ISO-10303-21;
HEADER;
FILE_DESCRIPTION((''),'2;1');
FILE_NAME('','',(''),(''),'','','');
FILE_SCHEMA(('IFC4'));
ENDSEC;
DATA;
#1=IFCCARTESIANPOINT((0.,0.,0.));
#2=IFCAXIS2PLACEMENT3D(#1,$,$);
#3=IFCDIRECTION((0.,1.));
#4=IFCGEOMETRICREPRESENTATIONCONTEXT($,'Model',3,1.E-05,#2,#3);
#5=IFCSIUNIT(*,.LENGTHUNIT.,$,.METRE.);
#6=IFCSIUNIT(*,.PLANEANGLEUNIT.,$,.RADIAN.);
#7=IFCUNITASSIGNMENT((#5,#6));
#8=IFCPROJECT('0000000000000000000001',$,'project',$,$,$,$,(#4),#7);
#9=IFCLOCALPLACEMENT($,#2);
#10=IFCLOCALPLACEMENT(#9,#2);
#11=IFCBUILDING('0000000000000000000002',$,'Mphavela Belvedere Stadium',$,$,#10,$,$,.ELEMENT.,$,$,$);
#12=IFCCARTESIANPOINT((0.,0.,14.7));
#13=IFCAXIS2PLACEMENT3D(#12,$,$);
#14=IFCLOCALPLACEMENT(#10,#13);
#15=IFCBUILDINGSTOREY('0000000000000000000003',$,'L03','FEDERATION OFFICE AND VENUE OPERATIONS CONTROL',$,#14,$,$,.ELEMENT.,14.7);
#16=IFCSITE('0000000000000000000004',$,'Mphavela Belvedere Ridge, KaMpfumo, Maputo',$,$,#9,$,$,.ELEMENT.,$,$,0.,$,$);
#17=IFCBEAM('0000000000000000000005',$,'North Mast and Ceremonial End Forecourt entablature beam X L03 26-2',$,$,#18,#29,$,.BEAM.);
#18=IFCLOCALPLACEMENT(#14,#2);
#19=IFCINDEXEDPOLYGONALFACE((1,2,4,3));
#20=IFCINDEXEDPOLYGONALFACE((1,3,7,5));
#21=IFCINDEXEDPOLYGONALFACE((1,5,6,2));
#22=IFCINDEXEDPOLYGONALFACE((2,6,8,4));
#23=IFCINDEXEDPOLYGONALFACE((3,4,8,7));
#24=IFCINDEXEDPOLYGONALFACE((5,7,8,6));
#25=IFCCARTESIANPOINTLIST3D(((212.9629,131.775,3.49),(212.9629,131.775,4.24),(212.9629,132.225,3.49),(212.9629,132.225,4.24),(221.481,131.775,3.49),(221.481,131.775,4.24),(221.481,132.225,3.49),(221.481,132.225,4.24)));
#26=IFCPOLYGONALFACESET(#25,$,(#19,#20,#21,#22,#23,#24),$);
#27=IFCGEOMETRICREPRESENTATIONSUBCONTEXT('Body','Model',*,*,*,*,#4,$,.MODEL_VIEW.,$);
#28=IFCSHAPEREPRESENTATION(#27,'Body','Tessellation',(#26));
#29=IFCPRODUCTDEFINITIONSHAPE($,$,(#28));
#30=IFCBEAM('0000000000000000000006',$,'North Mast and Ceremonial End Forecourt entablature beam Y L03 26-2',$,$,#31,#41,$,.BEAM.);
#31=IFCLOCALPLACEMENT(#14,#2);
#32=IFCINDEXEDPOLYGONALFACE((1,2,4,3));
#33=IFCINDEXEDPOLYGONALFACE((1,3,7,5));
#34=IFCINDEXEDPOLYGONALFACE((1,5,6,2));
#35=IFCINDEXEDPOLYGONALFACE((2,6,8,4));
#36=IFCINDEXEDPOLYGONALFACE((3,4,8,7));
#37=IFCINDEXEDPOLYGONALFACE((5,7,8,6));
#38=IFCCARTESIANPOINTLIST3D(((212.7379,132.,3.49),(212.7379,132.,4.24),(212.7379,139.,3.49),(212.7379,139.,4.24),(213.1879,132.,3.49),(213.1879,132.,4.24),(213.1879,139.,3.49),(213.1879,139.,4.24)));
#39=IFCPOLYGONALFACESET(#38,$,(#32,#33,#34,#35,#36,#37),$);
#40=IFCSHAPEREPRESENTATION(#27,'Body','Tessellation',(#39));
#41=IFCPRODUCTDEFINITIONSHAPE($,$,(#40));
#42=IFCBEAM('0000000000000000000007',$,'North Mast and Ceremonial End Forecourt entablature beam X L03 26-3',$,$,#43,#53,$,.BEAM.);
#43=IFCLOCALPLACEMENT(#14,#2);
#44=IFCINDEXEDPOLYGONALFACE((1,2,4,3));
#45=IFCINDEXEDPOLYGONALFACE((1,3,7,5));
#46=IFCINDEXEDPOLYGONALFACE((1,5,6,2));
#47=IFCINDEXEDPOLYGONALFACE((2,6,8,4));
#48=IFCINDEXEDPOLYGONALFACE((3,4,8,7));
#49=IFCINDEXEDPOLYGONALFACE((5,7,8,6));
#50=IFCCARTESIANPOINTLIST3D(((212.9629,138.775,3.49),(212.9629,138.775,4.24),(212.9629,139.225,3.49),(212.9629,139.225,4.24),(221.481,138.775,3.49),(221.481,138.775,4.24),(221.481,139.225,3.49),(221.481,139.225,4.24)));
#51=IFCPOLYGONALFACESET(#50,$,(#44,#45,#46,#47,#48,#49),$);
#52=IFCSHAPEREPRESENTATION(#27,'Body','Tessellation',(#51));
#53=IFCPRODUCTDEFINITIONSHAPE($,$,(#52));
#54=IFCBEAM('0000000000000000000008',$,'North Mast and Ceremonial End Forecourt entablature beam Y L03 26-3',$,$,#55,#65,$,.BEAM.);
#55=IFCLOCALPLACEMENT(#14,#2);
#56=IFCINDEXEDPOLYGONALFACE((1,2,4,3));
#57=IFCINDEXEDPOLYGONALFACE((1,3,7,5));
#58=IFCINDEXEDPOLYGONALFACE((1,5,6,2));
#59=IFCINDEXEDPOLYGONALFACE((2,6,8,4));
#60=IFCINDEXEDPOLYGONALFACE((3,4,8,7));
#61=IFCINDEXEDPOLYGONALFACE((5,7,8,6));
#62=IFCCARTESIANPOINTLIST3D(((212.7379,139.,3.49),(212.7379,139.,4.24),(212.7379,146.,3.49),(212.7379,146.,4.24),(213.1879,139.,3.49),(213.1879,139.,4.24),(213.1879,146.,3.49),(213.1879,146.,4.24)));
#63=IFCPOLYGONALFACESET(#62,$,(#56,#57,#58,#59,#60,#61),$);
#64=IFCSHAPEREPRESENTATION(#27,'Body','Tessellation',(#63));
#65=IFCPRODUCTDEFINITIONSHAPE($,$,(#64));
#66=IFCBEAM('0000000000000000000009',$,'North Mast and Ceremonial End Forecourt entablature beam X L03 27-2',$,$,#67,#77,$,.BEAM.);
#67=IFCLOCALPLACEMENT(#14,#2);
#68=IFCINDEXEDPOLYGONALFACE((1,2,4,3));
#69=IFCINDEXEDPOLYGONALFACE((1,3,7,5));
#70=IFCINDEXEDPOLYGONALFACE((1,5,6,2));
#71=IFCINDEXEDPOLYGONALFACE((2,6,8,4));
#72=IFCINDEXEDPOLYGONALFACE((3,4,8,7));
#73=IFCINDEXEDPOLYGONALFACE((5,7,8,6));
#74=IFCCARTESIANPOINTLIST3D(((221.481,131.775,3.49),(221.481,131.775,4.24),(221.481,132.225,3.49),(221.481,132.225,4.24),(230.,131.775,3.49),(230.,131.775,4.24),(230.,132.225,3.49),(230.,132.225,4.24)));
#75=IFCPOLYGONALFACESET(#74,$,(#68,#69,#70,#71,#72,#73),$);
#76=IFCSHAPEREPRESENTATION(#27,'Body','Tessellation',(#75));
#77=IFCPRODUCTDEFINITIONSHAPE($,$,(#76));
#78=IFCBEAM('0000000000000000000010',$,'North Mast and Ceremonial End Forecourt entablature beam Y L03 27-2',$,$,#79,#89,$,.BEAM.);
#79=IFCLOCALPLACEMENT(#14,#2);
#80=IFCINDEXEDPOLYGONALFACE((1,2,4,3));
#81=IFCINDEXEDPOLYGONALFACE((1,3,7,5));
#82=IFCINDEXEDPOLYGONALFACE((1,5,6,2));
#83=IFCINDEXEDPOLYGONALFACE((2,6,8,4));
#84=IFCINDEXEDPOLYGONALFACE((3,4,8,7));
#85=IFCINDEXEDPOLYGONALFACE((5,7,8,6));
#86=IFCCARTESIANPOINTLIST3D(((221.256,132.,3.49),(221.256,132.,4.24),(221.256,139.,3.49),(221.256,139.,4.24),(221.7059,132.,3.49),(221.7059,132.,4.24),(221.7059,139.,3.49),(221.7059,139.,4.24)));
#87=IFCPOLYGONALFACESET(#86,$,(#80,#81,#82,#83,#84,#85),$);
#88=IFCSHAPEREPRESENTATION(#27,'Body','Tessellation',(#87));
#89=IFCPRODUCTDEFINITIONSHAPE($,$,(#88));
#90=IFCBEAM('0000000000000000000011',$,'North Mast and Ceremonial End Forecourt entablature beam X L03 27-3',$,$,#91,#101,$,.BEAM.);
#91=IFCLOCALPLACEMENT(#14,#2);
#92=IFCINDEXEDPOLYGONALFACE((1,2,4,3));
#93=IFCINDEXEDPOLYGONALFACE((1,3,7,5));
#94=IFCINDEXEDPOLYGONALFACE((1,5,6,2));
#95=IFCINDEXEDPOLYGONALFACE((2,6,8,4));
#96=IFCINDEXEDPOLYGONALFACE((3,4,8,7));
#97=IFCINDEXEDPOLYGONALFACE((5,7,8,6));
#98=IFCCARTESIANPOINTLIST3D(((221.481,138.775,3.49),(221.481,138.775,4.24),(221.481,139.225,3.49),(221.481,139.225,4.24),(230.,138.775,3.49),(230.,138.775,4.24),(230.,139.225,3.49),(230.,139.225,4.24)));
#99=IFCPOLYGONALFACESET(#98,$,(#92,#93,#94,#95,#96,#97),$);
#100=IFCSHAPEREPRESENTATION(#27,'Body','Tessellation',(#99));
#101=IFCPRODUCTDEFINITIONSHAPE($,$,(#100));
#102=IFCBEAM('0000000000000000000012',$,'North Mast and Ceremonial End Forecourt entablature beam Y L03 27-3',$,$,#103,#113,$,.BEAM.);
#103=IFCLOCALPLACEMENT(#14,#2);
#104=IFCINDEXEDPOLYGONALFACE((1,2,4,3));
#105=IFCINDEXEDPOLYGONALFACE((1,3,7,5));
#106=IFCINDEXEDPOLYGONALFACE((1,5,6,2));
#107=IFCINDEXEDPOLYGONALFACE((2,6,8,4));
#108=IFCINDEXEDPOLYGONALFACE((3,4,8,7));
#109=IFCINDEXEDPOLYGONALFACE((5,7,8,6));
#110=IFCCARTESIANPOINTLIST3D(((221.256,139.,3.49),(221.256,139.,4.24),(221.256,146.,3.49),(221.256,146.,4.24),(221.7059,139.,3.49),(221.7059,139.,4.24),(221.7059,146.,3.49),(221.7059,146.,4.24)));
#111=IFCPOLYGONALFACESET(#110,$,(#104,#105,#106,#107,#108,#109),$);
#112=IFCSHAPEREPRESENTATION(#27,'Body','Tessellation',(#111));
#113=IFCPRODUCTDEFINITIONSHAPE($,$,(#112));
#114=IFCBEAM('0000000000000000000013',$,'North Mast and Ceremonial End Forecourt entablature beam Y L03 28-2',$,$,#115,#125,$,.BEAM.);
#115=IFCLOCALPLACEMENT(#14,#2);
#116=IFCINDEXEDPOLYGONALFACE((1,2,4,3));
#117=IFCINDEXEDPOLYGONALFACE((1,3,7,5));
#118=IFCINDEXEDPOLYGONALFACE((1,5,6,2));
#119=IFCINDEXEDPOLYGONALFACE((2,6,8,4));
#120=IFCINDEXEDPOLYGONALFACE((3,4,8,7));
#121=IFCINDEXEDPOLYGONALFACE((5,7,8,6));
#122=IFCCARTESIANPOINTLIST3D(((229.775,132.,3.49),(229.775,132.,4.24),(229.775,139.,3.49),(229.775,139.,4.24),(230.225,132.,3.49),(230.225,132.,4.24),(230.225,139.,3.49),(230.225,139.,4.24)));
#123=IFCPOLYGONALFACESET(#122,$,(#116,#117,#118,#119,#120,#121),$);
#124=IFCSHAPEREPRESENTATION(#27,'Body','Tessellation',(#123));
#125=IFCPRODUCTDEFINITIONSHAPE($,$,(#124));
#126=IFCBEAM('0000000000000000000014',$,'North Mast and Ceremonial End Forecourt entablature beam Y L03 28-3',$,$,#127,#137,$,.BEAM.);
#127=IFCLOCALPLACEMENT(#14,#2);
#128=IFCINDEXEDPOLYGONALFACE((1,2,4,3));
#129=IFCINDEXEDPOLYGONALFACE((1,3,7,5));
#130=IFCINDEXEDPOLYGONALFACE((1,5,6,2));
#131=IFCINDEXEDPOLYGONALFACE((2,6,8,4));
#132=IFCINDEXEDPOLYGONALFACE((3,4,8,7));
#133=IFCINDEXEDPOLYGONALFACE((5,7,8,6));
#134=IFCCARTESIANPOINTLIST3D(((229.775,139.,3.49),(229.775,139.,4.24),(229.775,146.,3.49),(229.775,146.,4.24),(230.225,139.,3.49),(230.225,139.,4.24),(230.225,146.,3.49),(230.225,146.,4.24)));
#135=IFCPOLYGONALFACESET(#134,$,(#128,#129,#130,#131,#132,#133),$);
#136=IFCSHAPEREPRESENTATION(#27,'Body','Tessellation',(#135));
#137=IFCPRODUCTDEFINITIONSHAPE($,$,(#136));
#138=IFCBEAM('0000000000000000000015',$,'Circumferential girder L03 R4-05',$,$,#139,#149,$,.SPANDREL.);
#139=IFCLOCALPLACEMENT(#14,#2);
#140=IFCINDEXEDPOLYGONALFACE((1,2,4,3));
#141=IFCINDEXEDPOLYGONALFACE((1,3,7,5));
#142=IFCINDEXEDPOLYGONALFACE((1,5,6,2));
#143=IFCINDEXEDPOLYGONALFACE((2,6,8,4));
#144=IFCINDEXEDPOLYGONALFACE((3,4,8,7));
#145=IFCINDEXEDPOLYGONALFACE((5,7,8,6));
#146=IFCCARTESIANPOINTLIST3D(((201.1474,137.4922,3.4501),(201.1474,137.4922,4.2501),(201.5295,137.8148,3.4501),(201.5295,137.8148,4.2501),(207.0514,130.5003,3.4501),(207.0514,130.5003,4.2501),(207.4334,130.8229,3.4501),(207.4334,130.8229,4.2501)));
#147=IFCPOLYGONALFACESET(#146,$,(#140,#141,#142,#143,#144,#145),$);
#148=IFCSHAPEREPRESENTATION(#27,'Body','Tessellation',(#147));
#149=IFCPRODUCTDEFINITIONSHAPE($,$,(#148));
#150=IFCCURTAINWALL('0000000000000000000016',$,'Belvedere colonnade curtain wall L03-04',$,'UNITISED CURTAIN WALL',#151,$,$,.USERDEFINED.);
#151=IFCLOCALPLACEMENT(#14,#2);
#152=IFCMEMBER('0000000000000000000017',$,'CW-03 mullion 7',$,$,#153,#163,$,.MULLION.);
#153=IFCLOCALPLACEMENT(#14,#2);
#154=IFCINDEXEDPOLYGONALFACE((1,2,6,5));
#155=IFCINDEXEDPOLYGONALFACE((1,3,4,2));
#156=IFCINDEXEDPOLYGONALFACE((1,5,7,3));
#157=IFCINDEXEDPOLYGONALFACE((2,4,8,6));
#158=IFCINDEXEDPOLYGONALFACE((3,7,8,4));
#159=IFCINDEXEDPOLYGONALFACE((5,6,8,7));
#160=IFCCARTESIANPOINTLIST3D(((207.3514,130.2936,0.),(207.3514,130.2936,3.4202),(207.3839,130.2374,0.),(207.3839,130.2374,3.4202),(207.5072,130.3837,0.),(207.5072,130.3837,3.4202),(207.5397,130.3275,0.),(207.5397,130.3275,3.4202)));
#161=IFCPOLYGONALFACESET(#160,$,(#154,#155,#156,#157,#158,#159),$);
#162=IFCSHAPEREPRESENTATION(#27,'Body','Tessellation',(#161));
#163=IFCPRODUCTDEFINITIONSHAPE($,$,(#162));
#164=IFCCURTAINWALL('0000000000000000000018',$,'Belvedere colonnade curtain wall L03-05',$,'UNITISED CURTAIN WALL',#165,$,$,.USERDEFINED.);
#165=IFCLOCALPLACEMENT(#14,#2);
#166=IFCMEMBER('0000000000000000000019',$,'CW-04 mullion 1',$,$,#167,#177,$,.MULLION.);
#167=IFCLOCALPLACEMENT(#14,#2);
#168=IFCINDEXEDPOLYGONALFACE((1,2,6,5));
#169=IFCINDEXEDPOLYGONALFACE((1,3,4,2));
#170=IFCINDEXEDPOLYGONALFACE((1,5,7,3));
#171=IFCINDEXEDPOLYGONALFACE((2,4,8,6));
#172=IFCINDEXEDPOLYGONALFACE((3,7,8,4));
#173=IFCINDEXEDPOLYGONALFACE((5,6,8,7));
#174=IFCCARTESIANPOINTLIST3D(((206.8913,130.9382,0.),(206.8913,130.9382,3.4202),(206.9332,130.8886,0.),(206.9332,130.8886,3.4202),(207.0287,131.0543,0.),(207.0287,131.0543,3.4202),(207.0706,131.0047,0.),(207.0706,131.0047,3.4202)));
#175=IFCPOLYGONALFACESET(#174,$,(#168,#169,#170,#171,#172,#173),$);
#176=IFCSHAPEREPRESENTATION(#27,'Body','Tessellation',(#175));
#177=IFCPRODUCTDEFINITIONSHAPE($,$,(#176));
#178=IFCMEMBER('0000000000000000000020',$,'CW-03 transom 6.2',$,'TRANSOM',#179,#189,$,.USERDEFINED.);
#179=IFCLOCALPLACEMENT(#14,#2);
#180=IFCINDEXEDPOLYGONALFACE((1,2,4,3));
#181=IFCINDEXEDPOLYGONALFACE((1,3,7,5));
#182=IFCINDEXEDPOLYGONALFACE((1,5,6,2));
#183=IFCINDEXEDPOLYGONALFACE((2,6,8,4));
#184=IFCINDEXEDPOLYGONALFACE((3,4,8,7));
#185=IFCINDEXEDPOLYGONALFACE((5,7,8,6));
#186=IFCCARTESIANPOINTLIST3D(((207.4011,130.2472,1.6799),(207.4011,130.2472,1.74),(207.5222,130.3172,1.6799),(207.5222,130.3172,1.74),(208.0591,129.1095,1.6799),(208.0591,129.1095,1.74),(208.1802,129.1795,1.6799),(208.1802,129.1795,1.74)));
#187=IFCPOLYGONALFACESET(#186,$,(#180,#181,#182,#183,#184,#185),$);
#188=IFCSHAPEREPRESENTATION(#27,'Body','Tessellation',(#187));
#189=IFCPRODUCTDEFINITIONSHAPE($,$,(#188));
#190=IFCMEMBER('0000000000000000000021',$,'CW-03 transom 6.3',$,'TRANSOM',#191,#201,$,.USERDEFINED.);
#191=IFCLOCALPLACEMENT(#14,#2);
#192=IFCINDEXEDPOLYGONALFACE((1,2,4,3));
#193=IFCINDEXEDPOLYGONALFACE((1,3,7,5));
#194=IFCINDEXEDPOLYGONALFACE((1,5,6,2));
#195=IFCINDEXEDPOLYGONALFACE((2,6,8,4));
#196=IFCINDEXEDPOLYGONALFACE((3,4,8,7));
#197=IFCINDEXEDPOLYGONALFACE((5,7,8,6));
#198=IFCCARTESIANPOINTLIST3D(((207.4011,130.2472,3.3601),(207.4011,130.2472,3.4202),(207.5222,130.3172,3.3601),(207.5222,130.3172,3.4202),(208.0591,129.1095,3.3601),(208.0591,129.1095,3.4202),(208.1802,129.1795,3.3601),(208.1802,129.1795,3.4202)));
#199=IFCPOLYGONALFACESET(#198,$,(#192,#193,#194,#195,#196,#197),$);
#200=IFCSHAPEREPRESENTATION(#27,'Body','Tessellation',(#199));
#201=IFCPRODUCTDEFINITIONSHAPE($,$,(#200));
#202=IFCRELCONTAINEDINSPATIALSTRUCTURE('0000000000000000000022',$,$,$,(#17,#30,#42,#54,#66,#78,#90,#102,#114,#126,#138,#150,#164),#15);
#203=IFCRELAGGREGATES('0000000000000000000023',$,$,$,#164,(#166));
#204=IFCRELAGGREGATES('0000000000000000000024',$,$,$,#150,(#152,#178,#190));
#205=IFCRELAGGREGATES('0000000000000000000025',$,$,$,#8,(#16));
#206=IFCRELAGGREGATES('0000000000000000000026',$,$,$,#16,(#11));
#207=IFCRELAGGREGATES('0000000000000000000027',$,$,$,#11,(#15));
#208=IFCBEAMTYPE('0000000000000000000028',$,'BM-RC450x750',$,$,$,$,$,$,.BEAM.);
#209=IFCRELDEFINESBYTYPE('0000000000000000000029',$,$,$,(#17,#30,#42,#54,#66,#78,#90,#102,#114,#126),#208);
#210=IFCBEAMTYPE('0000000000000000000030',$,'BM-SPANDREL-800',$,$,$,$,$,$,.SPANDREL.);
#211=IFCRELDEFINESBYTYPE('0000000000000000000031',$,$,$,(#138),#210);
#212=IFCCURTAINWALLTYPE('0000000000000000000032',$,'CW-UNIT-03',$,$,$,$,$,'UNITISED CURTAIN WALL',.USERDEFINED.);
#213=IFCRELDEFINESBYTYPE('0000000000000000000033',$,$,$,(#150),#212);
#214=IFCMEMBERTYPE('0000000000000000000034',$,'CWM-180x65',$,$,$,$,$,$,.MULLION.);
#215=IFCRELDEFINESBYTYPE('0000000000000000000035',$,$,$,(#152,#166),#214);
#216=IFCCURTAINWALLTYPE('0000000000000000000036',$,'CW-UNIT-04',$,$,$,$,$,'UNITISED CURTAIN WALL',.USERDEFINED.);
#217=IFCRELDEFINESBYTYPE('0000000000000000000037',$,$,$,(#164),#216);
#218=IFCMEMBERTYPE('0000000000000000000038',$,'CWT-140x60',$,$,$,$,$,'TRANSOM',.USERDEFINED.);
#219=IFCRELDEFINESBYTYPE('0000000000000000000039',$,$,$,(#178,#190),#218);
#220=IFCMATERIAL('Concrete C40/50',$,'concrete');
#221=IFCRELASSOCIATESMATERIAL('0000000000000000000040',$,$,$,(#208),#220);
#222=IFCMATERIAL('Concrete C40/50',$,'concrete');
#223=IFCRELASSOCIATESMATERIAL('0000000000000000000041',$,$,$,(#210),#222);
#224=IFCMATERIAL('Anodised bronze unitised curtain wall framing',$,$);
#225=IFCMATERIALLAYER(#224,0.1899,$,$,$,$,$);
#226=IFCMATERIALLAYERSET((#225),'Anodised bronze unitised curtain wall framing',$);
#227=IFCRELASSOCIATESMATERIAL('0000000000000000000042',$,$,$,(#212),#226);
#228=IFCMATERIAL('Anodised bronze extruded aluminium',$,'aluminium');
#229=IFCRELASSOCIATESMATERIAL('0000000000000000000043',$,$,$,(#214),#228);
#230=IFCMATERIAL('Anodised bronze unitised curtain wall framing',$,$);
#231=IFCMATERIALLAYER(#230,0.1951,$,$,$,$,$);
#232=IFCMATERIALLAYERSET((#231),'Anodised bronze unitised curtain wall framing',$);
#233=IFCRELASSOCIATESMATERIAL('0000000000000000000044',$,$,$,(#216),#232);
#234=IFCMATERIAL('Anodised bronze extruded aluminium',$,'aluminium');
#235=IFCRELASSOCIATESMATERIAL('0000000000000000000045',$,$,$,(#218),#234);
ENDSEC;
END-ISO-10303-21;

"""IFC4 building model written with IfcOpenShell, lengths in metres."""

from ifc_helpers import new_model, si_unit, direction, frame, origin, origin_2d, place, context, subcontext, project, spatial, rectangle, extrude, material, layer, layer_set, material_profile, profile_set, type_object, element, aggregate, save


model = new_model("IFC4")

# Units and contexts
model_context = context("Model", 3, precision=1e-05, world=origin(), true_north=direction((0.0, 1.0)))
body_context = subcontext(model_context, "Body", "Model", "MODEL_VIEW")
ifc_project = project(units=[si_unit("LENGTHUNIT", "METRE"), si_unit("PLANEANGLEUNIT", "RADIAN")], contexts=[model_context])

# Site, building, storey
site_placement = place(None, origin())
site = spatial("IfcSite", under=ifc_project, at=site_placement, Name="Mphavela Belvedere Ridge, KaMpfumo, Maputo", CompositionType="ELEMENT", RefElevation=0.0)
building_placement = place(site_placement, origin())
building = spatial("IfcBuilding", under=site, at=building_placement, Name="Mphavela Belvedere Stadium", CompositionType="ELEMENT")
storey_placement = place(building_placement, frame((0.0, 0.0, 14.7)))
storey = spatial("IfcBuildingStorey", under=building, at=storey_placement, Name="L03", Description="FEDERATION OFFICE AND VENUE OPERATIONS CONTROL", CompositionType="ELEMENT", Elevation=14.7)

# Beams
ifc_material_1 = material(Name="Concrete C40/50", Category="concrete")
ifc_material_profile_1 = material_profile(ifc_material_1, rectangle(XDim=0.45, YDim=0.75, at=origin_2d()), Name="RC 450x750")
ifc_profile_set_1 = profile_set([ifc_material_profile_1], Name="Concrete C40/50")
beam_type_1 = type_object("IfcBeamType", Name="BM-RC450x750", PredefinedType="BEAM", material=ifc_profile_set_1)
beam_1_placement = place(storey_placement, frame((212.9629, 132.0, 3.865), z_axis=(1.0, 0.0, 0.0), x_axis=(0.0, 1.0, 0.0)))
element("IfcBeam", 1, at=beam_1_placement, inside=storey, type_object=beam_type_1, Name="North Mast and Ceremonial End Forecourt entablature beam X L03 26-2", PredefinedType="BEAM", context=body_context, shape_type="SweptSolid", body=[
    extrude(rectangle(XDim=0.45, YDim=0.75, at=origin_2d()), origin(), (0.0, 0.0, 1.0), 8.5181),
])
beam_2_placement = place(storey_placement, frame((212.9629, 132.0, 3.865), z_axis=(0.0, 1.0, 0.0), x_axis=(-1.0, 0.0, 0.0)))
element("IfcBeam", 2, at=beam_2_placement, inside=storey, type_object=beam_type_1, Name="North Mast and Ceremonial End Forecourt entablature beam Y L03 26-2", PredefinedType="BEAM", context=body_context, shape_type="SweptSolid", body=[
    extrude(rectangle(XDim=0.45, YDim=0.75, at=origin_2d()), origin(), (0.0, 0.0, 1.0), 7.0),
])
beam_3_placement = place(storey_placement, frame((212.9629, 139.0, 3.865), z_axis=(1.0, 0.0, 0.0), x_axis=(0.0, 1.0, 0.0)))
element("IfcBeam", 3, at=beam_3_placement, inside=storey, type_object=beam_type_1, Name="North Mast and Ceremonial End Forecourt entablature beam X L03 26-3", PredefinedType="BEAM", context=body_context, shape_type="SweptSolid", body=[
    extrude(rectangle(XDim=0.45, YDim=0.75, at=origin_2d()), origin(), (0.0, 0.0, 1.0), 8.5181),
])
beam_4_placement = place(storey_placement, frame((212.9629, 139.0, 3.865), z_axis=(0.0, 1.0, 0.0), x_axis=(-1.0, 0.0, 0.0)))
element("IfcBeam", 4, at=beam_4_placement, inside=storey, type_object=beam_type_1, Name="North Mast and Ceremonial End Forecourt entablature beam Y L03 26-3", PredefinedType="BEAM", context=body_context, shape_type="SweptSolid", body=[
    extrude(rectangle(XDim=0.45, YDim=0.75, at=origin_2d()), origin(), (0.0, 0.0, 1.0), 7.0),
])
beam_5_placement = place(storey_placement, frame((221.481, 132.0, 3.865), z_axis=(1.0, 0.0, 0.0), x_axis=(0.0, 1.0, 0.0)))
element("IfcBeam", 5, at=beam_5_placement, inside=storey, type_object=beam_type_1, Name="North Mast and Ceremonial End Forecourt entablature beam X L03 27-2", PredefinedType="BEAM", context=body_context, shape_type="SweptSolid", body=[
    extrude(rectangle(XDim=0.45, YDim=0.75, at=origin_2d()), origin(), (0.0, 0.0, 1.0), 8.519),
])
beam_6_placement = place(storey_placement, frame((221.481, 132.0, 3.865), z_axis=(0.0, 1.0, 0.0), x_axis=(-1.0, 0.0, 0.0)))
element("IfcBeam", 6, at=beam_6_placement, inside=storey, type_object=beam_type_1, Name="North Mast and Ceremonial End Forecourt entablature beam Y L03 27-2", PredefinedType="BEAM", context=body_context, shape_type="SweptSolid", body=[
    extrude(rectangle(XDim=0.45, YDim=0.75, at=origin_2d()), origin(), (0.0, 0.0, 1.0), 7.0),
])
beam_7_placement = place(storey_placement, frame((221.481, 139.0, 3.865), z_axis=(1.0, 0.0, 0.0), x_axis=(0.0, 1.0, 0.0)))
element("IfcBeam", 7, at=beam_7_placement, inside=storey, type_object=beam_type_1, Name="North Mast and Ceremonial End Forecourt entablature beam X L03 27-3", PredefinedType="BEAM", context=body_context, shape_type="SweptSolid", body=[
    extrude(rectangle(XDim=0.45, YDim=0.75, at=origin_2d()), origin(), (0.0, 0.0, 1.0), 8.519),
])
for number, where, z_axis, x_axis, name in (
    (8, (221.481, 139.0, 3.865), (0.0, 1.0, 0.0), (-1.0, 0.0, 0.0), "North Mast and Ceremonial End Forecourt entablature beam Y L03 27-3"),
    (9, (230.0, 132.0, 3.865), (0.0, 1.0, 0.0), (-1.0, 0.0, 0.0), "North Mast and Ceremonial End Forecourt entablature beam Y L03 28-2"),
    (10, (230.0, 139.0, 3.865), (0.0, 1.0, 0.0), (-1.0, 0.0, 0.0), "North Mast and Ceremonial End Forecourt entablature beam Y L03 28-3"),
):
    element("IfcBeam", number, at=place(storey_placement, frame(where, z_axis=z_axis, x_axis=x_axis)), inside=storey, type_object=beam_type_1, Name=name, PredefinedType="BEAM", context=body_context, shape_type="SweptSolid", body=[
        extrude(rectangle(XDim=0.45, YDim=0.75, at=origin_2d()), origin(), (0.0, 0.0, 1.0), 7.0),
    ])
ifc_material_2 = material(Name="Concrete C40/50", Category="concrete")
ifc_material_profile_2 = material_profile(ifc_material_2, rectangle(XDim=0.5, YDim=0.8, at=origin_2d()), Name="RC 500x800")
ifc_profile_set_2 = profile_set([ifc_material_profile_2], Name="Concrete C40/50")
beam_type_2 = type_object("IfcBeamType", Name="BM-SPANDREL-800", PredefinedType="SPANDREL", material=ifc_profile_set_2)
beam_8_placement = place(storey_placement, frame((207.2424, 130.6616, 3.8501), z_axis=(-0.645165, 0.764044, 0.0), x_axis=(-0.764044, -0.645165, 0.0)))
element("IfcBeam", 11, at=beam_8_placement, inside=storey, type_object=beam_type_2, Name="Circumferential girder L03 R4-05", PredefinedType="SPANDREL", context=body_context, shape_type="SweptSolid", body=[
    extrude(rectangle(XDim=0.5, YDim=0.8, at=origin_2d()), origin(), (0.0, 0.0, 1.0), 9.1511),
])

# Curtain walls, members
ifc_material_3 = material(Name="Anodised bronze unitised curtain wall framing")
ifc_layer_1 = layer(ifc_material_3, 0.1899)
ifc_layer_set_1 = layer_set([ifc_layer_1], Name="Anodised bronze unitised curtain wall framing")
curtain_wall_type_1 = type_object("IfcCurtainWallType", Name="CW-UNIT-03", ElementType="UNITISED CURTAIN WALL", PredefinedType="USERDEFINED", material=ifc_layer_set_1)
curtain_wall_1_placement = place(storey_placement, origin())
curtain_wall_1 = element("IfcCurtainWall", 12, at=curtain_wall_1_placement, inside=storey, type_object=curtain_wall_type_1, Name="Belvedere colonnade curtain wall L03-04", ObjectType="UNITISED CURTAIN WALL", PredefinedType="USERDEFINED")
ifc_material_4 = material(Name="Anodised bronze extruded aluminium", Category="aluminium")
ifc_material_profile_3 = material_profile(ifc_material_4, rectangle(XDim=0.1799, YDim=0.0649, at=origin_2d()), Name="CW-MUL 180x65")
ifc_profile_set_3 = profile_set([ifc_material_profile_3], Name="Anodised bronze extruded aluminium")
member_type_1 = type_object("IfcMemberType", Name="CWM-180x65", PredefinedType="MULLION", material=ifc_profile_set_3)
member_1_placement = place(storey_placement, frame((207.4456, 130.3105, 0.0), z_axis=(0.0, 0.0, 1.0), x_axis=(-0.865705, -0.500554, 0.0)))
member_1 = element("IfcMember", 13, at=member_1_placement, type_object=member_type_1, Name="CW-03 mullion 7", PredefinedType="MULLION", context=body_context, shape_type="SweptSolid", body=[
    extrude(rectangle(XDim=0.1799, YDim=0.0649, at=origin_2d()), origin(), (0.0, 0.0, 1.0), 3.4202),
])
ifc_material_5 = material(Name="Anodised bronze unitised curtain wall framing")
ifc_layer_2 = layer(ifc_material_5, 0.1951)
ifc_layer_set_2 = layer_set([ifc_layer_2], Name="Anodised bronze unitised curtain wall framing")
curtain_wall_type_2 = type_object("IfcCurtainWallType", Name="CW-UNIT-04", ElementType="UNITISED CURTAIN WALL", PredefinedType="USERDEFINED", material=ifc_layer_set_2)
curtain_wall_2_placement = place(storey_placement, origin())
curtain_wall_2 = element("IfcCurtainWall", 14, at=curtain_wall_2_placement, inside=storey, type_object=curtain_wall_type_2, Name="Belvedere colonnade curtain wall L03-05", ObjectType="UNITISED CURTAIN WALL", PredefinedType="USERDEFINED")
member_2_placement = place(storey_placement, frame((206.981, 130.9714, 0.0), z_axis=(0.0, 0.0, 1.0), x_axis=(-0.764031, -0.645179, 0.0)))
member_2 = element("IfcMember", 15, at=member_2_placement, type_object=member_type_1, Name="CW-04 mullion 1", PredefinedType="MULLION", context=body_context, shape_type="SweptSolid", body=[
    extrude(rectangle(XDim=0.1799, YDim=0.0649, at=origin_2d()), origin(), (0.0, 0.0, 1.0), 3.4202),
])

# Members
ifc_material_6 = material(Name="Anodised bronze extruded aluminium", Category="aluminium")
ifc_material_profile_4 = material_profile(ifc_material_6, rectangle(XDim=0.1399, YDim=0.0601, at=origin_2d()), Name="CW-TRN 140x60")
ifc_profile_set_4 = profile_set([ifc_material_profile_4], Name="Anodised bronze extruded aluminium")
member_type_2 = type_object("IfcMemberType", Name="CWT-140x60", ElementType="TRANSOM", PredefinedType="USERDEFINED", material=ifc_profile_set_4)
member_3_placement = place(storey_placement, frame((208.1196, 129.1445, 1.71), z_axis=(-0.500633, 0.865659, 0.0), x_axis=(-0.865659, -0.500633, 0.0)))
member_3 = element("IfcMember", 16, at=member_3_placement, type_object=member_type_2, Name="CW-03 transom 6.2", ObjectType="TRANSOM", PredefinedType="USERDEFINED", context=body_context, shape_type="SweptSolid", body=[
    extrude(rectangle(XDim=0.1399, YDim=0.0601, at=origin_2d()), origin(), (0.0, 0.0, 1.0), 1.3142),
])
member_4_placement = place(storey_placement, frame((208.1196, 129.1445, 3.3901), z_axis=(-0.500633, 0.865659, 0.0), x_axis=(-0.865659, -0.500633, 0.0)))
member_4 = element("IfcMember", 17, at=member_4_placement, type_object=member_type_2, Name="CW-03 transom 6.3", ObjectType="TRANSOM", PredefinedType="USERDEFINED", context=body_context, shape_type="SweptSolid", body=[
    extrude(rectangle(XDim=0.1399, YDim=0.0601, at=origin_2d()), origin(), (0.0, 0.0, 1.0), 1.3142),
])
aggregate(curtain_wall_2, [member_2])

aggregate(curtain_wall_1, [member_1, member_3, member_4])

save(model, "model.ifc")
